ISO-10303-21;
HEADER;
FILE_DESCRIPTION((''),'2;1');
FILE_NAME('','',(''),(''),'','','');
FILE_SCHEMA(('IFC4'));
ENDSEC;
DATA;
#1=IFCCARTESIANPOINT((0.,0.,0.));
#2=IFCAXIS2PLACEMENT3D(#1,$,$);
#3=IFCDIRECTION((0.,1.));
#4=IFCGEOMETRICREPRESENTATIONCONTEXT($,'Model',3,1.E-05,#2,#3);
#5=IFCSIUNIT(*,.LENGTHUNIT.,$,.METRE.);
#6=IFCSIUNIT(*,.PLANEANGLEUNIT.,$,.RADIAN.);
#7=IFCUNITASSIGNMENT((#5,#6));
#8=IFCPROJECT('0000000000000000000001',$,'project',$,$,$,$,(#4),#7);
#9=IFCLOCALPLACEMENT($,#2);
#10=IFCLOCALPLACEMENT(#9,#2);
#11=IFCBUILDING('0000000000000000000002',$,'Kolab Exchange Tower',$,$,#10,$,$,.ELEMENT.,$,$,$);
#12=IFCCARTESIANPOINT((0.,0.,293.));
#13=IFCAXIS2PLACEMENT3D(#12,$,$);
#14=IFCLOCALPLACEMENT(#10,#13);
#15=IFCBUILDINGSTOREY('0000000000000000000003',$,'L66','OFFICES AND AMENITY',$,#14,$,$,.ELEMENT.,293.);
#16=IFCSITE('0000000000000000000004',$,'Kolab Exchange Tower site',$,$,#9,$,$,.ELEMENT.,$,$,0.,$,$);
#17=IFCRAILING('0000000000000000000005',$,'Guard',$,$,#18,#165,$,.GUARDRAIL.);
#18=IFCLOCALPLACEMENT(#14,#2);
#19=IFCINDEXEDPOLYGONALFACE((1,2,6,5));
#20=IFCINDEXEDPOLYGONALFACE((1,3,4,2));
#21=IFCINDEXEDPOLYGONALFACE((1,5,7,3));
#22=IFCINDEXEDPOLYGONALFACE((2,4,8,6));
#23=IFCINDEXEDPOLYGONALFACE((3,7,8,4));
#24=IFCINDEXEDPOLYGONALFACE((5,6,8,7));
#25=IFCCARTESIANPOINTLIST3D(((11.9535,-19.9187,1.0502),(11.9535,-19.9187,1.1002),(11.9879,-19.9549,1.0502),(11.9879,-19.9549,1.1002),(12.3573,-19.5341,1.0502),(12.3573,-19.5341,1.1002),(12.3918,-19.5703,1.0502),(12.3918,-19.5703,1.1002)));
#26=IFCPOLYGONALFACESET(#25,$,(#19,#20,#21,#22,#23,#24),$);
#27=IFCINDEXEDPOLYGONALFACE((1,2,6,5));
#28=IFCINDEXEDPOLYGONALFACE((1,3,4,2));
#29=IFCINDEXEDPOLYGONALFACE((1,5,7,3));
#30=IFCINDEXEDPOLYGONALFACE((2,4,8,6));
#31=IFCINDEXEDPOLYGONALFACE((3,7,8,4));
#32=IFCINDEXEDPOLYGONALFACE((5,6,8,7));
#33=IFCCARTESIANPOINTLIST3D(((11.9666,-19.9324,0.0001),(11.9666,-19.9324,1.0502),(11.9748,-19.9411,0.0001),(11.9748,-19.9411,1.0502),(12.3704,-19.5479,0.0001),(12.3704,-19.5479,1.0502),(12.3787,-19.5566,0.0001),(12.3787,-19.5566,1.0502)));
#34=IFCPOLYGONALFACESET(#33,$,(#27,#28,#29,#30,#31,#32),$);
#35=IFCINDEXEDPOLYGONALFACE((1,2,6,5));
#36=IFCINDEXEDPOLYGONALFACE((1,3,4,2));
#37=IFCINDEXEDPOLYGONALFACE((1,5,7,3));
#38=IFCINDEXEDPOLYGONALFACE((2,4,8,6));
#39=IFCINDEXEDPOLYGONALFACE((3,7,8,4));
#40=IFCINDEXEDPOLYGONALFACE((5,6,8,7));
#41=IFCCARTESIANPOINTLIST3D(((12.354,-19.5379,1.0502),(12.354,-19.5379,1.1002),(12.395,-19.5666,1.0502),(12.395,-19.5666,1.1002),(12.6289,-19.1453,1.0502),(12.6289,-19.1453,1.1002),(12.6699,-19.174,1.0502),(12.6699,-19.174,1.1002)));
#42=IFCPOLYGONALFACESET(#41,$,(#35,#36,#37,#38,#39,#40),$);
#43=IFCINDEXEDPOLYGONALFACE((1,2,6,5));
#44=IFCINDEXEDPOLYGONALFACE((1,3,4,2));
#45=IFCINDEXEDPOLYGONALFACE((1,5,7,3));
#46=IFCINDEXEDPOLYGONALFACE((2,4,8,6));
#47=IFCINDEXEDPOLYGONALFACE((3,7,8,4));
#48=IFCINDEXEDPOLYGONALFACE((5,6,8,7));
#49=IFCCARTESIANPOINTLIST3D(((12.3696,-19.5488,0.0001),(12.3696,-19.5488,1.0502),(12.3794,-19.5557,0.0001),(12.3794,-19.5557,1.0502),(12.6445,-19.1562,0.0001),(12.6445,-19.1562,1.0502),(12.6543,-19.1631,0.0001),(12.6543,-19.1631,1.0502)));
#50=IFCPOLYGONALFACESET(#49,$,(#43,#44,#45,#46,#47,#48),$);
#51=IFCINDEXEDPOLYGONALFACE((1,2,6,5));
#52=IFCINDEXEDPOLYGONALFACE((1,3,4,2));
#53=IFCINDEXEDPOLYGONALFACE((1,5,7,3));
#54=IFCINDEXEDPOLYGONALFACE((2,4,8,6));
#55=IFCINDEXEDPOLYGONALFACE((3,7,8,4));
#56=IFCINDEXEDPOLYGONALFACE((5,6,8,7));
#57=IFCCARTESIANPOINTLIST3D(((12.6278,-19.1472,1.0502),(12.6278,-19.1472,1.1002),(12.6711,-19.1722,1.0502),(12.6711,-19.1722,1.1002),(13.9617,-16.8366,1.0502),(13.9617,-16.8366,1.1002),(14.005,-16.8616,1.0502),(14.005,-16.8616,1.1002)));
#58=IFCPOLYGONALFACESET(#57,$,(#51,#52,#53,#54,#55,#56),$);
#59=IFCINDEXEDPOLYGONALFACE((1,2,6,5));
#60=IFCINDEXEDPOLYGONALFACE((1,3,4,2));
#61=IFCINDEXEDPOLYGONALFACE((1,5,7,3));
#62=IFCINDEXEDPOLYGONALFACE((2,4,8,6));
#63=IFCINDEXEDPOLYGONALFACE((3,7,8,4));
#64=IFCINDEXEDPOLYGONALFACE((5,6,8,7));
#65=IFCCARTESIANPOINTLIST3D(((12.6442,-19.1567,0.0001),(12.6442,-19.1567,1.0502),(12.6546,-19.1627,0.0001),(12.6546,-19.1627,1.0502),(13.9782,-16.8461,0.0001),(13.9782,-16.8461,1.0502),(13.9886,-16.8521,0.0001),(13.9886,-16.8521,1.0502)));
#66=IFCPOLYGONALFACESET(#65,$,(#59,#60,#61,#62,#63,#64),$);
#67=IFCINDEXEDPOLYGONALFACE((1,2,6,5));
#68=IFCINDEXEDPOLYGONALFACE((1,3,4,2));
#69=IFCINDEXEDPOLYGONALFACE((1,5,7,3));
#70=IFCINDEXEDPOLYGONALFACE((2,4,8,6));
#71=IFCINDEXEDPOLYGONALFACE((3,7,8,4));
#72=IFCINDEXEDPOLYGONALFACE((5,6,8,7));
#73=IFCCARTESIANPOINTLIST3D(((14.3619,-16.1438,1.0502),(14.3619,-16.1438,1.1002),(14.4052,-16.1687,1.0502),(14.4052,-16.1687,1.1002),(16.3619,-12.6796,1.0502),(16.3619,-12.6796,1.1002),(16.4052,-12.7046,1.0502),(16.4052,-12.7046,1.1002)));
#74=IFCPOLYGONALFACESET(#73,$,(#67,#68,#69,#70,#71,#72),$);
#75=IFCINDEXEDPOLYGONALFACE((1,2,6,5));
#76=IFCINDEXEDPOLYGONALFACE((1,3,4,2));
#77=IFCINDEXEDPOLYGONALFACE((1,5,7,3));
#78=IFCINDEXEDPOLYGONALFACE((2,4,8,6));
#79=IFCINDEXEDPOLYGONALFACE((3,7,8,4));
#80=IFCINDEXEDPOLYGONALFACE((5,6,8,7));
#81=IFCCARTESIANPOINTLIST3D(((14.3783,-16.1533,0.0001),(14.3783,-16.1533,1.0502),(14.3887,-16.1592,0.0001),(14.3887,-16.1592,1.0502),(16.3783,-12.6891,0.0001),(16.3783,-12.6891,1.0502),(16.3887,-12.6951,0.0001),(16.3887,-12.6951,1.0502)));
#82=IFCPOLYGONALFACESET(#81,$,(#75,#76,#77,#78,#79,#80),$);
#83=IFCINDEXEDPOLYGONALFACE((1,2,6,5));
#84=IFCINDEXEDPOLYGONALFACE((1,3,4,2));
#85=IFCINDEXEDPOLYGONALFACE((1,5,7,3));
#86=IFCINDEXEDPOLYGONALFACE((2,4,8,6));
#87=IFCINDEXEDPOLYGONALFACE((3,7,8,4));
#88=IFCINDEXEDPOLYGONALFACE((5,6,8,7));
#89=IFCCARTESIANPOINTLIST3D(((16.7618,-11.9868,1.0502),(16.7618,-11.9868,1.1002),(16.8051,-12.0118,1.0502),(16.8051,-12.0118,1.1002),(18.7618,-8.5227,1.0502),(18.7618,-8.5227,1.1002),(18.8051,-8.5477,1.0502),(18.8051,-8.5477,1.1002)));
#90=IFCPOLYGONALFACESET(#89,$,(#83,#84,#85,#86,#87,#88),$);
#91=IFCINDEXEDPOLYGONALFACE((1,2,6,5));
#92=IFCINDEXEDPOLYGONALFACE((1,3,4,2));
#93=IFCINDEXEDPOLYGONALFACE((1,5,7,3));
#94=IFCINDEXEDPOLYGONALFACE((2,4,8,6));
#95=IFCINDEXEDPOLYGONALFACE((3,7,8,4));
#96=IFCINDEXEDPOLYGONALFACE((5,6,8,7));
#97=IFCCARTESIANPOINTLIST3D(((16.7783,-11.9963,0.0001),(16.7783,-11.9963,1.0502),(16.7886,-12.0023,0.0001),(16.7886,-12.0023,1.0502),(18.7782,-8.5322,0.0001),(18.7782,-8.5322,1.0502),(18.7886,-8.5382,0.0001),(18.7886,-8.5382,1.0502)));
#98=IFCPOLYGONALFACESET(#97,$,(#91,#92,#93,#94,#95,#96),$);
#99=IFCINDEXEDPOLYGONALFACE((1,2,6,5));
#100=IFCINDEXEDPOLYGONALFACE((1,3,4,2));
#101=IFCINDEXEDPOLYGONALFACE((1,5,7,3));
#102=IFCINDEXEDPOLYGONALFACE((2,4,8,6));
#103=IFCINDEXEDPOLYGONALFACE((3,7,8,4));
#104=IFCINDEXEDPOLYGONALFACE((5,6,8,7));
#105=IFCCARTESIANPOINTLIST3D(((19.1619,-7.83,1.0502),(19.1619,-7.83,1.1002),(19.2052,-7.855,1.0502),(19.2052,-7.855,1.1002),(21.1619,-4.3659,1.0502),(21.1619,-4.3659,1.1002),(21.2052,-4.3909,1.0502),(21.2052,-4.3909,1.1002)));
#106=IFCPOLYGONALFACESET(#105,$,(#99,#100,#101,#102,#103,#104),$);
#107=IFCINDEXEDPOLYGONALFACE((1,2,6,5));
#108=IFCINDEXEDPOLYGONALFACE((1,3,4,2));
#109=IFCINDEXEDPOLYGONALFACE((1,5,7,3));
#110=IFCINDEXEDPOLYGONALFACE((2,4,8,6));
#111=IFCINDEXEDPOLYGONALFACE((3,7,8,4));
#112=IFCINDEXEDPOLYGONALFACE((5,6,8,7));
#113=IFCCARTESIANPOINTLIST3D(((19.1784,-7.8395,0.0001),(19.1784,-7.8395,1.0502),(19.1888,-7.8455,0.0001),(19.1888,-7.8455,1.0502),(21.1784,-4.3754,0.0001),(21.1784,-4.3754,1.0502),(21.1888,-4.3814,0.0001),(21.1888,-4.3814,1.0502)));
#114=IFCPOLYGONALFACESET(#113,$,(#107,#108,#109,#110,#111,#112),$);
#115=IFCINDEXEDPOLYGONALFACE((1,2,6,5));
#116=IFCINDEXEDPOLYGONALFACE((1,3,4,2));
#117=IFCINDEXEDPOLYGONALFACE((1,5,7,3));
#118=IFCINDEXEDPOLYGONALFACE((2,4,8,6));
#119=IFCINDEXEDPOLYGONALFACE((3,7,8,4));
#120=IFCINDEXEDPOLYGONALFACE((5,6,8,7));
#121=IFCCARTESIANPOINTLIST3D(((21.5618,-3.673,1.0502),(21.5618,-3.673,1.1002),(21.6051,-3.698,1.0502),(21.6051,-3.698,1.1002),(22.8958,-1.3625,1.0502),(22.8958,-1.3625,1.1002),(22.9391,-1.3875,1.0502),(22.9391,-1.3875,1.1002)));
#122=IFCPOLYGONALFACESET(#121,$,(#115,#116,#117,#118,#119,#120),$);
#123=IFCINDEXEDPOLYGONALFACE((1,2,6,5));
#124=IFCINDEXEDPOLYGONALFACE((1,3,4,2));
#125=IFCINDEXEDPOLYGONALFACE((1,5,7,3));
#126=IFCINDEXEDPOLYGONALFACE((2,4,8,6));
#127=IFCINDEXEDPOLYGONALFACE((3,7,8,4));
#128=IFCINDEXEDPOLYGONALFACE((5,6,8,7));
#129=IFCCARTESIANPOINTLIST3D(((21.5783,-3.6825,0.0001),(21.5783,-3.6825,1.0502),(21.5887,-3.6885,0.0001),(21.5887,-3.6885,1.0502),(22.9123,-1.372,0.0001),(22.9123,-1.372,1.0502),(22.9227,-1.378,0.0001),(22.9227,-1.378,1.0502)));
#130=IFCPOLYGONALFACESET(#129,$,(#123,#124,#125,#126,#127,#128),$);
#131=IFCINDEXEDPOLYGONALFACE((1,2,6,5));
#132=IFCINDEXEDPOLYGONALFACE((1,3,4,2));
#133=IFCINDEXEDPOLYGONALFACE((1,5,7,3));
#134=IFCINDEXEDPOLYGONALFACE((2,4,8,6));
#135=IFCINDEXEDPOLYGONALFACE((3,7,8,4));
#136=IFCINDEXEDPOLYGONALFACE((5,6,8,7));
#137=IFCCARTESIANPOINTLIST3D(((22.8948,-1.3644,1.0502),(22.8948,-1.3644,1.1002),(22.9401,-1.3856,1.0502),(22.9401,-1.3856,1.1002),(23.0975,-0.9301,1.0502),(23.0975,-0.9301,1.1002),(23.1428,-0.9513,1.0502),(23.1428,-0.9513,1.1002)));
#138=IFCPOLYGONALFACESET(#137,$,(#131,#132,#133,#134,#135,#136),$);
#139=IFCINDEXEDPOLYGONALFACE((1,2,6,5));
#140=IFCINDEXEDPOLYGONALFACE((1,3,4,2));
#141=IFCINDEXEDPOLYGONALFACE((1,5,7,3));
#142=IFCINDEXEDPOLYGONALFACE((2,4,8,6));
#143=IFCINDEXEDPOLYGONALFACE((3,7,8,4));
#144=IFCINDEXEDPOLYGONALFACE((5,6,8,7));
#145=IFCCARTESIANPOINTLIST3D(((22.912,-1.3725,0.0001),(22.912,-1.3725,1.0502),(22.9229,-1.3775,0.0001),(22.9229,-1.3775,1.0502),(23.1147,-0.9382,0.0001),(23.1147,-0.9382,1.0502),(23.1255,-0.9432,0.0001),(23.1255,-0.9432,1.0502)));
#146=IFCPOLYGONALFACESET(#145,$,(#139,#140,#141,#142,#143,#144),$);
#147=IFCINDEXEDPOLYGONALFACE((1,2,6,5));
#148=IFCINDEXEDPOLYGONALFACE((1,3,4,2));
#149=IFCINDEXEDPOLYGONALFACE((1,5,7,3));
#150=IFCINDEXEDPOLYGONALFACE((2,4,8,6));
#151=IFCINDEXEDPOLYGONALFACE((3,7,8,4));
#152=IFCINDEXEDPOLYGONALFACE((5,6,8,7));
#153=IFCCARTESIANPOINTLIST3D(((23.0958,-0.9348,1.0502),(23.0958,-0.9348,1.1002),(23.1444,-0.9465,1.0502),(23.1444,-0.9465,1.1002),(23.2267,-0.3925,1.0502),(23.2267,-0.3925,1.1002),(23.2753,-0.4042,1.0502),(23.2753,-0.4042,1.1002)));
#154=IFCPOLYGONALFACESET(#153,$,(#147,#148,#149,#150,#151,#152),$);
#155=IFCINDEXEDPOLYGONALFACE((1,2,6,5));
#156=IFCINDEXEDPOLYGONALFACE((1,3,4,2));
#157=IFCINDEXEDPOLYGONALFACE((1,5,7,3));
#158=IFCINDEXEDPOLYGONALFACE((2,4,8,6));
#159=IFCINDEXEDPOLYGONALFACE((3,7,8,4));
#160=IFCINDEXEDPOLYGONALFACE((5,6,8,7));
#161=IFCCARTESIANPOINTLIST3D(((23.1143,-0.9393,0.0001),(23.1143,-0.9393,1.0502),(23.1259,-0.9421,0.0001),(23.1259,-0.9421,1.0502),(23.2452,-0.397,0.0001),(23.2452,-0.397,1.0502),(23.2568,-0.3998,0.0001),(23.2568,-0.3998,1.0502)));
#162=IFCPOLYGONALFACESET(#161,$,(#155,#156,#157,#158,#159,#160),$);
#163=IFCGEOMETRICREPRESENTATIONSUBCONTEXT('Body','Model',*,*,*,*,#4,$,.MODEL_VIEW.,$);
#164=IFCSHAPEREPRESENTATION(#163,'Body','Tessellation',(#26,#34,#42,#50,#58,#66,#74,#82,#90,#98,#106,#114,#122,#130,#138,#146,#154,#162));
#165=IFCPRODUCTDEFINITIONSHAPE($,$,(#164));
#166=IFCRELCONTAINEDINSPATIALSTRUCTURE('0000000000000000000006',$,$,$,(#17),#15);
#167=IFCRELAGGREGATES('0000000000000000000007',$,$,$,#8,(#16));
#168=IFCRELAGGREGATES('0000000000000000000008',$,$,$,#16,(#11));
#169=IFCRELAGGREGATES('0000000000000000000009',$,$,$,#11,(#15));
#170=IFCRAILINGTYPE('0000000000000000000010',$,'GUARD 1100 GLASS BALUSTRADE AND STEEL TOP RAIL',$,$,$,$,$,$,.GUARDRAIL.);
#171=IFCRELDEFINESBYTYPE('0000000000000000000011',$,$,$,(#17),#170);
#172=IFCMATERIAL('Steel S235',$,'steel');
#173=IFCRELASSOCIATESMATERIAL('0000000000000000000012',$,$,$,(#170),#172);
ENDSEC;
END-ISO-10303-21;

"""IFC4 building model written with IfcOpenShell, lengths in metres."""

from ifc_helpers import new_model, si_unit, direction, frame, frame_2d, origin, origin_2d, place, context, subcontext, project, spatial, rectangle, extrude, material, type_object, element, save


model = new_model("IFC4")

# Units and contexts
model_context = context("Model", 3, precision=1e-05, world=origin(), true_north=direction((0.0, 1.0)))
body_context = subcontext(model_context, "Body", "Model", "MODEL_VIEW")
ifc_project = project(units=[si_unit("LENGTHUNIT", "METRE"), si_unit("PLANEANGLEUNIT", "RADIAN")], contexts=[model_context])

# Site, building, storey
site_placement = place(None, origin())
site = spatial("IfcSite", under=ifc_project, at=site_placement, Name="Kolab Exchange Tower site", CompositionType="ELEMENT", RefElevation=0.0)
building_placement = place(site_placement, origin())
building = spatial("IfcBuilding", under=site, at=building_placement, Name="Kolab Exchange Tower", CompositionType="ELEMENT")
storey_placement = place(building_placement, frame((0.0, 0.0, 293.0)))
storey = spatial("IfcBuildingStorey", under=building, at=storey_placement, Name="L66", Description="OFFICES AND AMENITY", CompositionType="ELEMENT", Elevation=293.0)

# Railing
ifc_material_1 = material(Name="Steel S235", Category="steel")
railing_type = type_object("IfcRailingType", Name="GUARD 1100 GLASS BALUSTRADE AND STEEL TOP RAIL", PredefinedType="GUARDRAIL", material=ifc_material_1)
railing_placement = place(storey_placement, frame((11.9707, -19.9368, 0.0)))
element("IfcRailing", 1, at=railing_placement, inside=storey, type_object=railing_type, Name="Guard", PredefinedType="GUARDRAIL", context=body_context, shape_type="SweptSolid", body=[
    extrude(rectangle(XDim=0.05, YDim=0.05, at=origin_2d()), frame((0.0, 0.0, 1.0752), z_axis=(0.72419, 0.689601, 0.0), x_axis=(-0.689601, 0.72419, 0.0)), (0.0, 0.0, 1.0), 0.5576),
    extrude(rectangle(XDim=0.012, YDim=1.0501, at=frame_2d((0.0, 0.5251))), frame((0.0, 0.0, 0.0), z_axis=(0.72419, 0.689601, 0.0), x_axis=(-0.689601, 0.72419, 0.0)), (0.0, 0.0, 1.0), 0.5576),
    extrude(rectangle(XDim=0.05, YDim=0.05, at=origin_2d()), frame((0.4038, 0.3845, 1.0752), z_axis=(0.573599, 0.819136, 0.0), x_axis=(-0.819136, 0.573599, 0.0)), (0.0, 0.0, 1.0), 0.4792),
    extrude(rectangle(XDim=0.012, YDim=1.0501, at=frame_2d((0.0, 0.5251))), frame((0.4038, 0.3845, 0.0), z_axis=(0.573599, 0.819136, 0.0), x_axis=(-0.819136, 0.573599, 0.0)), (0.0, 0.0, 1.0), 0.4792),
    extrude(rectangle(XDim=0.05, YDim=0.05, at=origin_2d()), frame((0.6787, 0.7771, 1.0752), z_axis=(0.499997, 0.866027, 0.0), x_axis=(-0.866027, 0.499997, 0.0)), (0.0, 0.0, 1.0), 2.668),
    extrude(rectangle(XDim=0.012, YDim=1.0501, at=frame_2d((0.0, 0.5251))), frame((0.6787, 0.7771, 0.0), z_axis=(0.499997, 0.866027, 0.0), x_axis=(-0.866027, 0.499997, 0.0)), (0.0, 0.0, 1.0), 2.668),
    extrude(rectangle(XDim=0.05, YDim=0.05, at=origin_2d()), frame((2.4128, 3.7805, 1.0752), z_axis=(0.499999, 0.866026, 0.0), x_axis=(-0.866026, 0.499999, 0.0)), (0.0, 0.0, 1.0), 4.0),
    extrude(rectangle(XDim=0.012, YDim=1.0501, at=frame_2d((0.0, 0.5251))), frame((2.4128, 3.7805, 0.0), z_axis=(0.499999, 0.866026, 0.0), x_axis=(-0.866026, 0.499999, 0.0)), (0.0, 0.0, 1.0), 4.0),
    extrude(rectangle(XDim=0.05, YDim=0.05, at=origin_2d()), frame((4.8127, 7.9375, 1.0752), z_axis=(0.499999, 0.866026, 0.0), x_axis=(-0.866026, 0.499999, 0.0)), (0.0, 0.0, 1.0), 4.0),
    extrude(rectangle(XDim=0.012, YDim=1.0501, at=frame_2d((0.0, 0.5251))), frame((4.8127, 7.9375, 0.0), z_axis=(0.499999, 0.866026, 0.0), x_axis=(-0.866026, 0.499999, 0.0)), (0.0, 0.0, 1.0), 4.0),
    extrude(rectangle(XDim=0.05, YDim=0.05, at=origin_2d()), frame((7.2129, 12.0942, 1.0752), z_axis=(0.499999, 0.866026, 0.0), x_axis=(-0.866026, 0.499999, 0.0)), (0.0, 0.0, 1.0), 4.0),
    extrude(rectangle(XDim=0.012, YDim=1.0501, at=frame_2d((0.0, 0.5251))), frame((7.2129, 12.0942, 0.0), z_axis=(0.499999, 0.866026, 0.0), x_axis=(-0.866026, 0.499999, 0.0)), (0.0, 0.0, 1.0), 4.0),
    extrude(rectangle(XDim=0.05, YDim=0.05, at=origin_2d()), frame((9.6128, 16.2512, 1.0752), z_axis=(0.499997, 0.866027, 0.0), x_axis=(-0.866027, 0.499997, 0.0)), (0.0, 0.0, 1.0), 2.668),
    extrude(rectangle(XDim=0.012, YDim=1.0501, at=frame_2d((0.0, 0.5251))), frame((9.6128, 16.2512, 0.0), z_axis=(0.499997, 0.866027, 0.0), x_axis=(-0.866027, 0.499997, 0.0)), (0.0, 0.0, 1.0), 2.668),
    extrude(rectangle(XDim=0.05, YDim=0.05, at=origin_2d()), frame((10.9468, 18.5618, 1.0752), z_axis=(0.422802, 0.906222, 0.0), x_axis=(-0.906222, 0.422802, 0.0)), (0.0, 0.0, 1.0), 0.4792),
    extrude(rectangle(XDim=0.012, YDim=1.0501, at=frame_2d((0.0, 0.5251))), frame((10.9468, 18.5618, 0.0), z_axis=(0.422802, 0.906222, 0.0), x_axis=(-0.906222, 0.422802, 0.0)), (0.0, 0.0, 1.0), 0.4792),
    extrude(rectangle(XDim=0.05, YDim=0.05, at=origin_2d()), frame((11.1494, 18.9961, 1.0752), z_axis=(0.234598, 0.972093, 0.0), x_axis=(-0.972093, 0.234598, 0.0)), (0.0, 0.0, 1.0), 0.5579),
    extrude(rectangle(XDim=0.012, YDim=1.0501, at=frame_2d((0.0, 0.5251))), frame((11.1494, 18.9961, 0.0), z_axis=(0.234598, 0.972093, 0.0), x_axis=(-0.972093, 0.234598, 0.0)), (0.0, 0.0, 1.0), 0.5579),
])

save(model, "model.ifc")
